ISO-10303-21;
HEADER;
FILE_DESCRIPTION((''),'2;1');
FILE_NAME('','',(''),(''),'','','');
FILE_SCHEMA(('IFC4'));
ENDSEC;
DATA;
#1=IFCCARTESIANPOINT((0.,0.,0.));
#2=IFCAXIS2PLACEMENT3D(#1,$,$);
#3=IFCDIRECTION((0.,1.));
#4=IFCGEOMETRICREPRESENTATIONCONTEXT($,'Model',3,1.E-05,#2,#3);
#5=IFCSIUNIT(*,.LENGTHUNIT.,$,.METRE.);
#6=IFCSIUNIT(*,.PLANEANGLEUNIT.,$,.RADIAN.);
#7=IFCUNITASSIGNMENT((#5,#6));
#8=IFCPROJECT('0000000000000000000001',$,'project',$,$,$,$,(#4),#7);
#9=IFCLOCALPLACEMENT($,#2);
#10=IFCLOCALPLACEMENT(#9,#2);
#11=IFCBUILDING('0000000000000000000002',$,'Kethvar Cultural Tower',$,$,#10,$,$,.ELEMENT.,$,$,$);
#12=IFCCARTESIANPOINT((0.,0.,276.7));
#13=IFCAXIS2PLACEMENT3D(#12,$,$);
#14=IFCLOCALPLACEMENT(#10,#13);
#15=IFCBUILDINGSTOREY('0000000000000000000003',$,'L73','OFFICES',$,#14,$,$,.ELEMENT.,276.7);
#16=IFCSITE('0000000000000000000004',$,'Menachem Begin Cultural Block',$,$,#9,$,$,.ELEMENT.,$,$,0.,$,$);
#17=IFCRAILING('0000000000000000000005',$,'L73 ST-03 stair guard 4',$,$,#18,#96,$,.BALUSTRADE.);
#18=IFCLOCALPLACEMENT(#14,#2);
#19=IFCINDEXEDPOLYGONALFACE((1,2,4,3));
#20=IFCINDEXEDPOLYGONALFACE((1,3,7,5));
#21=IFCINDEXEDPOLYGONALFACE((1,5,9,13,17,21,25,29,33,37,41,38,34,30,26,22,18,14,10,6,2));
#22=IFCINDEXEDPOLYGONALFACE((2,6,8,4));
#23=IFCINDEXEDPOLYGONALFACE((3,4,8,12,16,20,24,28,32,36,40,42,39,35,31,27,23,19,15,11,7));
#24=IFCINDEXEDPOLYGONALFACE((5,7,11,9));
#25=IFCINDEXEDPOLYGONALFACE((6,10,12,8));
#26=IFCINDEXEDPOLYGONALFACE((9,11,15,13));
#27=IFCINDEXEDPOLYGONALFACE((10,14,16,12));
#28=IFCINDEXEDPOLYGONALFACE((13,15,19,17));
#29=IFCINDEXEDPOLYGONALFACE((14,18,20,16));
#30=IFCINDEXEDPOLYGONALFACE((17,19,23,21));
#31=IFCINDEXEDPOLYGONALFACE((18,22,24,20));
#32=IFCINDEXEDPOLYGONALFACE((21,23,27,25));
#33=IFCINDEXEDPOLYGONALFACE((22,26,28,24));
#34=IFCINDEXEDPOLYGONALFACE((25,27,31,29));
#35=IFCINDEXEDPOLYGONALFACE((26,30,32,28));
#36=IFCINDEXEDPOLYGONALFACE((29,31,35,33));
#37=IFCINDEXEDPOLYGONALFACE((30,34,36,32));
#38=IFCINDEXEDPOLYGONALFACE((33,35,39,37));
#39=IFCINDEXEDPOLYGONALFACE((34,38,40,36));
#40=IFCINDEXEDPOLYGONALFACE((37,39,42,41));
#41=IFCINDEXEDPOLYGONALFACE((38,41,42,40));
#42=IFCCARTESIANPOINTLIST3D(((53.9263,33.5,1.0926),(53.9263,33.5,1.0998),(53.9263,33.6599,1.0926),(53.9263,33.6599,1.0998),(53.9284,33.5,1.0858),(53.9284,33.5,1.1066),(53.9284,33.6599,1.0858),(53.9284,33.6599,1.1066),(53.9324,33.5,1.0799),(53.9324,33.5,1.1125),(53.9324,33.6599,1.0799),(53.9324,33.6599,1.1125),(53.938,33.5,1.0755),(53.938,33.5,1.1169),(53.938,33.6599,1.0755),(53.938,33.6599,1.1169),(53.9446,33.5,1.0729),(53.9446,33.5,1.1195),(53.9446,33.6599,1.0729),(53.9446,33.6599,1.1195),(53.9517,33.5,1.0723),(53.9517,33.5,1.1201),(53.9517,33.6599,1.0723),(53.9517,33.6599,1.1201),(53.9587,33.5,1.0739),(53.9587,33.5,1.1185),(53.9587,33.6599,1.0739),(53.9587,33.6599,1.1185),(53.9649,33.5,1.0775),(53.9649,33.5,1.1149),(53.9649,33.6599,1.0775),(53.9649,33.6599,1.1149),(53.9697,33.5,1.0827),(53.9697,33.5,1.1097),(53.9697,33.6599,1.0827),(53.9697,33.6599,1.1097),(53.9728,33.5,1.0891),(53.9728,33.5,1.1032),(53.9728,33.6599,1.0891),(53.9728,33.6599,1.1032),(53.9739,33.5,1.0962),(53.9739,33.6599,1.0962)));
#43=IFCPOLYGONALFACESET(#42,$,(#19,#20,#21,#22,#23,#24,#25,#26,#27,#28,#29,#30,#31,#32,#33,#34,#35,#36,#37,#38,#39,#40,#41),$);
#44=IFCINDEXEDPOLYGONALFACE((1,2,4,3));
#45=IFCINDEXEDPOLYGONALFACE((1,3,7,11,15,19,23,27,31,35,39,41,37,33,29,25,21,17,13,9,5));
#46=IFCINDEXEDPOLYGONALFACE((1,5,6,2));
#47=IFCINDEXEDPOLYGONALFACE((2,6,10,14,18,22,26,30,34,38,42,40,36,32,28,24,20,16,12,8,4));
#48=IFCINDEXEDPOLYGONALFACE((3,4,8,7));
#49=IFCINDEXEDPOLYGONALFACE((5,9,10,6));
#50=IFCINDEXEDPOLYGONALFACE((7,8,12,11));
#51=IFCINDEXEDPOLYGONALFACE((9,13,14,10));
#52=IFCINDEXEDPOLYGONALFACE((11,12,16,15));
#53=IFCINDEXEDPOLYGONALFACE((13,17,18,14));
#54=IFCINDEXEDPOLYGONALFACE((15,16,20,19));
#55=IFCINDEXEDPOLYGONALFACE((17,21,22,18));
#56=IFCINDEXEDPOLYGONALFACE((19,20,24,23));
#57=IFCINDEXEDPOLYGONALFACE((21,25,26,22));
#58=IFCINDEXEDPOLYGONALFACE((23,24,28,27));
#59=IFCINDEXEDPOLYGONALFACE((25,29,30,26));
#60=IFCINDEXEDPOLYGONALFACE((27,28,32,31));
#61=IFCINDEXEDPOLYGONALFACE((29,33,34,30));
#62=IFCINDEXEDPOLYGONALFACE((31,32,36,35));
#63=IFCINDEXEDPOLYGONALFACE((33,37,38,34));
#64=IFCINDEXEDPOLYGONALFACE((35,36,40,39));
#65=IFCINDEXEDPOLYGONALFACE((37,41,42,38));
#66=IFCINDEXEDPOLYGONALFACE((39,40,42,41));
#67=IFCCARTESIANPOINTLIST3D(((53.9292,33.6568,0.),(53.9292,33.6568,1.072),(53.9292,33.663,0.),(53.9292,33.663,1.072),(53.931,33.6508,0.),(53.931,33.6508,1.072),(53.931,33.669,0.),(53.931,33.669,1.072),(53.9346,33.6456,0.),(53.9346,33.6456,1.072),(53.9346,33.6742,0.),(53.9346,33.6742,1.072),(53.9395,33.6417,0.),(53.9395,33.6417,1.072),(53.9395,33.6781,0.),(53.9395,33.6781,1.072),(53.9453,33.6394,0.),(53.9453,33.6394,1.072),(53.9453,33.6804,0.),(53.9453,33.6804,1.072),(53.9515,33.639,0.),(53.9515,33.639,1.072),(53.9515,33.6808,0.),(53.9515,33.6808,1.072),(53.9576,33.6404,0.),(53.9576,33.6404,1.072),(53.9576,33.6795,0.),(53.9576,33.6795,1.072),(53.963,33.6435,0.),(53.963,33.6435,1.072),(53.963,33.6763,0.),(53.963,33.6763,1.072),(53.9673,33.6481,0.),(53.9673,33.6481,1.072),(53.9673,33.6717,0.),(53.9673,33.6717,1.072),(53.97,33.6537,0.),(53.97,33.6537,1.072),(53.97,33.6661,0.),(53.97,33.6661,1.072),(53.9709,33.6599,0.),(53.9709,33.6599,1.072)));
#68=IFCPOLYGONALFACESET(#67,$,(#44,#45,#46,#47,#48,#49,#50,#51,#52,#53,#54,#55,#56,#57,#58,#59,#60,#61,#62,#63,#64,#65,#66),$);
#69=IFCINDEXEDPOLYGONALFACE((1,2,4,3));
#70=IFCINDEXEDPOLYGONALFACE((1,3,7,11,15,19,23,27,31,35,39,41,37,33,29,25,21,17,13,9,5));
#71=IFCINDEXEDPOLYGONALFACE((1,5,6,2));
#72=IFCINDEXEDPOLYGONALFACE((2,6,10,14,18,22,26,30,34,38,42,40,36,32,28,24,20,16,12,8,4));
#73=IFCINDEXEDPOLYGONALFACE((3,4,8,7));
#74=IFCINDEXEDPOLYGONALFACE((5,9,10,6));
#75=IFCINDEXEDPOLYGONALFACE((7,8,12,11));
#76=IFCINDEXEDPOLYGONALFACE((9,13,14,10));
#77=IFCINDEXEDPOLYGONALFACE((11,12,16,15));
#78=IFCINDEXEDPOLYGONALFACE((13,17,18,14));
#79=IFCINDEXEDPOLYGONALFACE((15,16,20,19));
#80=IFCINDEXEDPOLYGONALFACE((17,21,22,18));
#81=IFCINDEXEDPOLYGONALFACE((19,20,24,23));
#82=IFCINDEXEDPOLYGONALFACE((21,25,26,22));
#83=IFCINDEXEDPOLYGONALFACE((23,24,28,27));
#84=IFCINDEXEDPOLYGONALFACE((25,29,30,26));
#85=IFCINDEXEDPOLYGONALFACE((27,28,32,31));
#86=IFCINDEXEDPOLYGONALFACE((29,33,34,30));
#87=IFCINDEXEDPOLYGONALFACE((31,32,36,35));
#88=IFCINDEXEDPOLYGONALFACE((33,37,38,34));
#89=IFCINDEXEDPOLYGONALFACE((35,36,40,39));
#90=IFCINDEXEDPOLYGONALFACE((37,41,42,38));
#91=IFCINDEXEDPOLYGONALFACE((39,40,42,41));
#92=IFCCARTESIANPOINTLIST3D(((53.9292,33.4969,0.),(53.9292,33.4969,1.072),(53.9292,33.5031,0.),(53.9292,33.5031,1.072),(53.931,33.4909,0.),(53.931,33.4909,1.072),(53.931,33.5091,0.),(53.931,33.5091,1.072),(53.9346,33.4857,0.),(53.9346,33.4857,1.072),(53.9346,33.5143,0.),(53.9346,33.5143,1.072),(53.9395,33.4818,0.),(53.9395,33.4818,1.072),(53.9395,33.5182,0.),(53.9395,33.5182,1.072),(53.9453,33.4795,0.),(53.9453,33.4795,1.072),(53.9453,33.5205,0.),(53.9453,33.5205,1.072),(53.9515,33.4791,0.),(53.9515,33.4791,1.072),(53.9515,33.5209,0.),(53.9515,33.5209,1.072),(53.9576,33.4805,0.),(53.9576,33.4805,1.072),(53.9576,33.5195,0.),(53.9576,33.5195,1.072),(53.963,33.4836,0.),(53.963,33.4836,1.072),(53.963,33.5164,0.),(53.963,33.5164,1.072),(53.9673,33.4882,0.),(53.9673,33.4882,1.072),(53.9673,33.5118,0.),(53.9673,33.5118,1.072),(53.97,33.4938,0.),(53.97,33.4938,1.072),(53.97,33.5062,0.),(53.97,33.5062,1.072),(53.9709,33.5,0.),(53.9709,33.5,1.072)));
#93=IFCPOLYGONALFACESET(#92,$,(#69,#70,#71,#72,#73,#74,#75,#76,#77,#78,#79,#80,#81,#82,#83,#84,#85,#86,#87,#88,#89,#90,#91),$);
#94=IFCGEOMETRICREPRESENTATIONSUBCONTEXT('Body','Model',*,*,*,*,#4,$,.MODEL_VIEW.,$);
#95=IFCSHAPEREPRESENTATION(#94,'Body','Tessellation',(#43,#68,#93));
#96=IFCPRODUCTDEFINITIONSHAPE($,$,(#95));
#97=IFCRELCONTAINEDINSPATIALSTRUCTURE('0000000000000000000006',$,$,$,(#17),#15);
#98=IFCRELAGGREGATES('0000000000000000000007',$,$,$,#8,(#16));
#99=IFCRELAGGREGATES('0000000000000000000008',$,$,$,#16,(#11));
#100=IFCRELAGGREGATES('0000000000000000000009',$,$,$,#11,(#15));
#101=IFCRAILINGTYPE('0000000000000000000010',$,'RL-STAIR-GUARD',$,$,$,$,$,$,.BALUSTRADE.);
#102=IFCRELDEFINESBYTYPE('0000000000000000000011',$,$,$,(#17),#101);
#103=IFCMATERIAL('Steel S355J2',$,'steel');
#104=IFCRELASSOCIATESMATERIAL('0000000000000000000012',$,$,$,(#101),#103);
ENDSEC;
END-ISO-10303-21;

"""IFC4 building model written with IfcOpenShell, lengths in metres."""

from ifc_helpers import new_model, si_unit, direction, frame, origin, origin_2d, place, context, subcontext, project, spatial, circle, extrude, material, type_object, element, save


model = new_model("IFC4")

# Units and contexts
model_context = context("Model", 3, precision=1e-05, world=origin(), true_north=direction((0.0, 1.0)))
body_context = subcontext(model_context, "Body", "Model", "MODEL_VIEW")
ifc_project = project(units=[si_unit("LENGTHUNIT", "METRE"), si_unit("PLANEANGLEUNIT", "RADIAN")], contexts=[model_context])

# Site, building, storey
site_placement = place(None, origin())
site = spatial("IfcSite", under=ifc_project, at=site_placement, Name="Menachem Begin Cultural Block", CompositionType="ELEMENT", RefElevation=0.0)
building_placement = place(site_placement, origin())
building = spatial("IfcBuilding", under=site, at=building_placement, Name="Kethvar Cultural Tower", CompositionType="ELEMENT")
storey_placement = place(building_placement, frame((0.0, 0.0, 276.7)))
storey = spatial("IfcBuildingStorey", under=building, at=storey_placement, Name="L73", Description="OFFICES", CompositionType="ELEMENT", Elevation=276.7)

# Shared definitions
ifc_material_1 = material(Name="Steel S355J2", Category="steel")

# Railing
railing_type_1 = type_object("IfcRailingType", Name="RL-STAIR-GUARD", PredefinedType="BALUSTRADE", material=ifc_material_1)
railing_1_placement = place(storey_placement, frame((53.95, 33.6599, 0.0)))
element("IfcRailing", 1, at=railing_1_placement, inside=storey, type_object=railing_type_1, Name="L73 ST-03 stair guard 4", PredefinedType="BALUSTRADE", context=body_context, shape_type="SweptSolid", body=[
    extrude(circle(Radius=0.0239, at=origin_2d()), frame((0.0, 0.0, 1.0962), z_axis=(0.0, -1.0, 0.0), x_axis=(1.0, 0.0, 0.0)), (0.0, 0.0, 1.0), 0.1599),
    extrude(circle(Radius=0.021, at=origin_2d()), origin(), (0.0, 0.0, 1.0), 1.072),
    extrude(circle(Radius=0.021, at=origin_2d()), frame((0.0, -0.1599, 0.0)), (0.0, 0.0, 1.0), 1.072),
])

save(model, "model.ifc")
